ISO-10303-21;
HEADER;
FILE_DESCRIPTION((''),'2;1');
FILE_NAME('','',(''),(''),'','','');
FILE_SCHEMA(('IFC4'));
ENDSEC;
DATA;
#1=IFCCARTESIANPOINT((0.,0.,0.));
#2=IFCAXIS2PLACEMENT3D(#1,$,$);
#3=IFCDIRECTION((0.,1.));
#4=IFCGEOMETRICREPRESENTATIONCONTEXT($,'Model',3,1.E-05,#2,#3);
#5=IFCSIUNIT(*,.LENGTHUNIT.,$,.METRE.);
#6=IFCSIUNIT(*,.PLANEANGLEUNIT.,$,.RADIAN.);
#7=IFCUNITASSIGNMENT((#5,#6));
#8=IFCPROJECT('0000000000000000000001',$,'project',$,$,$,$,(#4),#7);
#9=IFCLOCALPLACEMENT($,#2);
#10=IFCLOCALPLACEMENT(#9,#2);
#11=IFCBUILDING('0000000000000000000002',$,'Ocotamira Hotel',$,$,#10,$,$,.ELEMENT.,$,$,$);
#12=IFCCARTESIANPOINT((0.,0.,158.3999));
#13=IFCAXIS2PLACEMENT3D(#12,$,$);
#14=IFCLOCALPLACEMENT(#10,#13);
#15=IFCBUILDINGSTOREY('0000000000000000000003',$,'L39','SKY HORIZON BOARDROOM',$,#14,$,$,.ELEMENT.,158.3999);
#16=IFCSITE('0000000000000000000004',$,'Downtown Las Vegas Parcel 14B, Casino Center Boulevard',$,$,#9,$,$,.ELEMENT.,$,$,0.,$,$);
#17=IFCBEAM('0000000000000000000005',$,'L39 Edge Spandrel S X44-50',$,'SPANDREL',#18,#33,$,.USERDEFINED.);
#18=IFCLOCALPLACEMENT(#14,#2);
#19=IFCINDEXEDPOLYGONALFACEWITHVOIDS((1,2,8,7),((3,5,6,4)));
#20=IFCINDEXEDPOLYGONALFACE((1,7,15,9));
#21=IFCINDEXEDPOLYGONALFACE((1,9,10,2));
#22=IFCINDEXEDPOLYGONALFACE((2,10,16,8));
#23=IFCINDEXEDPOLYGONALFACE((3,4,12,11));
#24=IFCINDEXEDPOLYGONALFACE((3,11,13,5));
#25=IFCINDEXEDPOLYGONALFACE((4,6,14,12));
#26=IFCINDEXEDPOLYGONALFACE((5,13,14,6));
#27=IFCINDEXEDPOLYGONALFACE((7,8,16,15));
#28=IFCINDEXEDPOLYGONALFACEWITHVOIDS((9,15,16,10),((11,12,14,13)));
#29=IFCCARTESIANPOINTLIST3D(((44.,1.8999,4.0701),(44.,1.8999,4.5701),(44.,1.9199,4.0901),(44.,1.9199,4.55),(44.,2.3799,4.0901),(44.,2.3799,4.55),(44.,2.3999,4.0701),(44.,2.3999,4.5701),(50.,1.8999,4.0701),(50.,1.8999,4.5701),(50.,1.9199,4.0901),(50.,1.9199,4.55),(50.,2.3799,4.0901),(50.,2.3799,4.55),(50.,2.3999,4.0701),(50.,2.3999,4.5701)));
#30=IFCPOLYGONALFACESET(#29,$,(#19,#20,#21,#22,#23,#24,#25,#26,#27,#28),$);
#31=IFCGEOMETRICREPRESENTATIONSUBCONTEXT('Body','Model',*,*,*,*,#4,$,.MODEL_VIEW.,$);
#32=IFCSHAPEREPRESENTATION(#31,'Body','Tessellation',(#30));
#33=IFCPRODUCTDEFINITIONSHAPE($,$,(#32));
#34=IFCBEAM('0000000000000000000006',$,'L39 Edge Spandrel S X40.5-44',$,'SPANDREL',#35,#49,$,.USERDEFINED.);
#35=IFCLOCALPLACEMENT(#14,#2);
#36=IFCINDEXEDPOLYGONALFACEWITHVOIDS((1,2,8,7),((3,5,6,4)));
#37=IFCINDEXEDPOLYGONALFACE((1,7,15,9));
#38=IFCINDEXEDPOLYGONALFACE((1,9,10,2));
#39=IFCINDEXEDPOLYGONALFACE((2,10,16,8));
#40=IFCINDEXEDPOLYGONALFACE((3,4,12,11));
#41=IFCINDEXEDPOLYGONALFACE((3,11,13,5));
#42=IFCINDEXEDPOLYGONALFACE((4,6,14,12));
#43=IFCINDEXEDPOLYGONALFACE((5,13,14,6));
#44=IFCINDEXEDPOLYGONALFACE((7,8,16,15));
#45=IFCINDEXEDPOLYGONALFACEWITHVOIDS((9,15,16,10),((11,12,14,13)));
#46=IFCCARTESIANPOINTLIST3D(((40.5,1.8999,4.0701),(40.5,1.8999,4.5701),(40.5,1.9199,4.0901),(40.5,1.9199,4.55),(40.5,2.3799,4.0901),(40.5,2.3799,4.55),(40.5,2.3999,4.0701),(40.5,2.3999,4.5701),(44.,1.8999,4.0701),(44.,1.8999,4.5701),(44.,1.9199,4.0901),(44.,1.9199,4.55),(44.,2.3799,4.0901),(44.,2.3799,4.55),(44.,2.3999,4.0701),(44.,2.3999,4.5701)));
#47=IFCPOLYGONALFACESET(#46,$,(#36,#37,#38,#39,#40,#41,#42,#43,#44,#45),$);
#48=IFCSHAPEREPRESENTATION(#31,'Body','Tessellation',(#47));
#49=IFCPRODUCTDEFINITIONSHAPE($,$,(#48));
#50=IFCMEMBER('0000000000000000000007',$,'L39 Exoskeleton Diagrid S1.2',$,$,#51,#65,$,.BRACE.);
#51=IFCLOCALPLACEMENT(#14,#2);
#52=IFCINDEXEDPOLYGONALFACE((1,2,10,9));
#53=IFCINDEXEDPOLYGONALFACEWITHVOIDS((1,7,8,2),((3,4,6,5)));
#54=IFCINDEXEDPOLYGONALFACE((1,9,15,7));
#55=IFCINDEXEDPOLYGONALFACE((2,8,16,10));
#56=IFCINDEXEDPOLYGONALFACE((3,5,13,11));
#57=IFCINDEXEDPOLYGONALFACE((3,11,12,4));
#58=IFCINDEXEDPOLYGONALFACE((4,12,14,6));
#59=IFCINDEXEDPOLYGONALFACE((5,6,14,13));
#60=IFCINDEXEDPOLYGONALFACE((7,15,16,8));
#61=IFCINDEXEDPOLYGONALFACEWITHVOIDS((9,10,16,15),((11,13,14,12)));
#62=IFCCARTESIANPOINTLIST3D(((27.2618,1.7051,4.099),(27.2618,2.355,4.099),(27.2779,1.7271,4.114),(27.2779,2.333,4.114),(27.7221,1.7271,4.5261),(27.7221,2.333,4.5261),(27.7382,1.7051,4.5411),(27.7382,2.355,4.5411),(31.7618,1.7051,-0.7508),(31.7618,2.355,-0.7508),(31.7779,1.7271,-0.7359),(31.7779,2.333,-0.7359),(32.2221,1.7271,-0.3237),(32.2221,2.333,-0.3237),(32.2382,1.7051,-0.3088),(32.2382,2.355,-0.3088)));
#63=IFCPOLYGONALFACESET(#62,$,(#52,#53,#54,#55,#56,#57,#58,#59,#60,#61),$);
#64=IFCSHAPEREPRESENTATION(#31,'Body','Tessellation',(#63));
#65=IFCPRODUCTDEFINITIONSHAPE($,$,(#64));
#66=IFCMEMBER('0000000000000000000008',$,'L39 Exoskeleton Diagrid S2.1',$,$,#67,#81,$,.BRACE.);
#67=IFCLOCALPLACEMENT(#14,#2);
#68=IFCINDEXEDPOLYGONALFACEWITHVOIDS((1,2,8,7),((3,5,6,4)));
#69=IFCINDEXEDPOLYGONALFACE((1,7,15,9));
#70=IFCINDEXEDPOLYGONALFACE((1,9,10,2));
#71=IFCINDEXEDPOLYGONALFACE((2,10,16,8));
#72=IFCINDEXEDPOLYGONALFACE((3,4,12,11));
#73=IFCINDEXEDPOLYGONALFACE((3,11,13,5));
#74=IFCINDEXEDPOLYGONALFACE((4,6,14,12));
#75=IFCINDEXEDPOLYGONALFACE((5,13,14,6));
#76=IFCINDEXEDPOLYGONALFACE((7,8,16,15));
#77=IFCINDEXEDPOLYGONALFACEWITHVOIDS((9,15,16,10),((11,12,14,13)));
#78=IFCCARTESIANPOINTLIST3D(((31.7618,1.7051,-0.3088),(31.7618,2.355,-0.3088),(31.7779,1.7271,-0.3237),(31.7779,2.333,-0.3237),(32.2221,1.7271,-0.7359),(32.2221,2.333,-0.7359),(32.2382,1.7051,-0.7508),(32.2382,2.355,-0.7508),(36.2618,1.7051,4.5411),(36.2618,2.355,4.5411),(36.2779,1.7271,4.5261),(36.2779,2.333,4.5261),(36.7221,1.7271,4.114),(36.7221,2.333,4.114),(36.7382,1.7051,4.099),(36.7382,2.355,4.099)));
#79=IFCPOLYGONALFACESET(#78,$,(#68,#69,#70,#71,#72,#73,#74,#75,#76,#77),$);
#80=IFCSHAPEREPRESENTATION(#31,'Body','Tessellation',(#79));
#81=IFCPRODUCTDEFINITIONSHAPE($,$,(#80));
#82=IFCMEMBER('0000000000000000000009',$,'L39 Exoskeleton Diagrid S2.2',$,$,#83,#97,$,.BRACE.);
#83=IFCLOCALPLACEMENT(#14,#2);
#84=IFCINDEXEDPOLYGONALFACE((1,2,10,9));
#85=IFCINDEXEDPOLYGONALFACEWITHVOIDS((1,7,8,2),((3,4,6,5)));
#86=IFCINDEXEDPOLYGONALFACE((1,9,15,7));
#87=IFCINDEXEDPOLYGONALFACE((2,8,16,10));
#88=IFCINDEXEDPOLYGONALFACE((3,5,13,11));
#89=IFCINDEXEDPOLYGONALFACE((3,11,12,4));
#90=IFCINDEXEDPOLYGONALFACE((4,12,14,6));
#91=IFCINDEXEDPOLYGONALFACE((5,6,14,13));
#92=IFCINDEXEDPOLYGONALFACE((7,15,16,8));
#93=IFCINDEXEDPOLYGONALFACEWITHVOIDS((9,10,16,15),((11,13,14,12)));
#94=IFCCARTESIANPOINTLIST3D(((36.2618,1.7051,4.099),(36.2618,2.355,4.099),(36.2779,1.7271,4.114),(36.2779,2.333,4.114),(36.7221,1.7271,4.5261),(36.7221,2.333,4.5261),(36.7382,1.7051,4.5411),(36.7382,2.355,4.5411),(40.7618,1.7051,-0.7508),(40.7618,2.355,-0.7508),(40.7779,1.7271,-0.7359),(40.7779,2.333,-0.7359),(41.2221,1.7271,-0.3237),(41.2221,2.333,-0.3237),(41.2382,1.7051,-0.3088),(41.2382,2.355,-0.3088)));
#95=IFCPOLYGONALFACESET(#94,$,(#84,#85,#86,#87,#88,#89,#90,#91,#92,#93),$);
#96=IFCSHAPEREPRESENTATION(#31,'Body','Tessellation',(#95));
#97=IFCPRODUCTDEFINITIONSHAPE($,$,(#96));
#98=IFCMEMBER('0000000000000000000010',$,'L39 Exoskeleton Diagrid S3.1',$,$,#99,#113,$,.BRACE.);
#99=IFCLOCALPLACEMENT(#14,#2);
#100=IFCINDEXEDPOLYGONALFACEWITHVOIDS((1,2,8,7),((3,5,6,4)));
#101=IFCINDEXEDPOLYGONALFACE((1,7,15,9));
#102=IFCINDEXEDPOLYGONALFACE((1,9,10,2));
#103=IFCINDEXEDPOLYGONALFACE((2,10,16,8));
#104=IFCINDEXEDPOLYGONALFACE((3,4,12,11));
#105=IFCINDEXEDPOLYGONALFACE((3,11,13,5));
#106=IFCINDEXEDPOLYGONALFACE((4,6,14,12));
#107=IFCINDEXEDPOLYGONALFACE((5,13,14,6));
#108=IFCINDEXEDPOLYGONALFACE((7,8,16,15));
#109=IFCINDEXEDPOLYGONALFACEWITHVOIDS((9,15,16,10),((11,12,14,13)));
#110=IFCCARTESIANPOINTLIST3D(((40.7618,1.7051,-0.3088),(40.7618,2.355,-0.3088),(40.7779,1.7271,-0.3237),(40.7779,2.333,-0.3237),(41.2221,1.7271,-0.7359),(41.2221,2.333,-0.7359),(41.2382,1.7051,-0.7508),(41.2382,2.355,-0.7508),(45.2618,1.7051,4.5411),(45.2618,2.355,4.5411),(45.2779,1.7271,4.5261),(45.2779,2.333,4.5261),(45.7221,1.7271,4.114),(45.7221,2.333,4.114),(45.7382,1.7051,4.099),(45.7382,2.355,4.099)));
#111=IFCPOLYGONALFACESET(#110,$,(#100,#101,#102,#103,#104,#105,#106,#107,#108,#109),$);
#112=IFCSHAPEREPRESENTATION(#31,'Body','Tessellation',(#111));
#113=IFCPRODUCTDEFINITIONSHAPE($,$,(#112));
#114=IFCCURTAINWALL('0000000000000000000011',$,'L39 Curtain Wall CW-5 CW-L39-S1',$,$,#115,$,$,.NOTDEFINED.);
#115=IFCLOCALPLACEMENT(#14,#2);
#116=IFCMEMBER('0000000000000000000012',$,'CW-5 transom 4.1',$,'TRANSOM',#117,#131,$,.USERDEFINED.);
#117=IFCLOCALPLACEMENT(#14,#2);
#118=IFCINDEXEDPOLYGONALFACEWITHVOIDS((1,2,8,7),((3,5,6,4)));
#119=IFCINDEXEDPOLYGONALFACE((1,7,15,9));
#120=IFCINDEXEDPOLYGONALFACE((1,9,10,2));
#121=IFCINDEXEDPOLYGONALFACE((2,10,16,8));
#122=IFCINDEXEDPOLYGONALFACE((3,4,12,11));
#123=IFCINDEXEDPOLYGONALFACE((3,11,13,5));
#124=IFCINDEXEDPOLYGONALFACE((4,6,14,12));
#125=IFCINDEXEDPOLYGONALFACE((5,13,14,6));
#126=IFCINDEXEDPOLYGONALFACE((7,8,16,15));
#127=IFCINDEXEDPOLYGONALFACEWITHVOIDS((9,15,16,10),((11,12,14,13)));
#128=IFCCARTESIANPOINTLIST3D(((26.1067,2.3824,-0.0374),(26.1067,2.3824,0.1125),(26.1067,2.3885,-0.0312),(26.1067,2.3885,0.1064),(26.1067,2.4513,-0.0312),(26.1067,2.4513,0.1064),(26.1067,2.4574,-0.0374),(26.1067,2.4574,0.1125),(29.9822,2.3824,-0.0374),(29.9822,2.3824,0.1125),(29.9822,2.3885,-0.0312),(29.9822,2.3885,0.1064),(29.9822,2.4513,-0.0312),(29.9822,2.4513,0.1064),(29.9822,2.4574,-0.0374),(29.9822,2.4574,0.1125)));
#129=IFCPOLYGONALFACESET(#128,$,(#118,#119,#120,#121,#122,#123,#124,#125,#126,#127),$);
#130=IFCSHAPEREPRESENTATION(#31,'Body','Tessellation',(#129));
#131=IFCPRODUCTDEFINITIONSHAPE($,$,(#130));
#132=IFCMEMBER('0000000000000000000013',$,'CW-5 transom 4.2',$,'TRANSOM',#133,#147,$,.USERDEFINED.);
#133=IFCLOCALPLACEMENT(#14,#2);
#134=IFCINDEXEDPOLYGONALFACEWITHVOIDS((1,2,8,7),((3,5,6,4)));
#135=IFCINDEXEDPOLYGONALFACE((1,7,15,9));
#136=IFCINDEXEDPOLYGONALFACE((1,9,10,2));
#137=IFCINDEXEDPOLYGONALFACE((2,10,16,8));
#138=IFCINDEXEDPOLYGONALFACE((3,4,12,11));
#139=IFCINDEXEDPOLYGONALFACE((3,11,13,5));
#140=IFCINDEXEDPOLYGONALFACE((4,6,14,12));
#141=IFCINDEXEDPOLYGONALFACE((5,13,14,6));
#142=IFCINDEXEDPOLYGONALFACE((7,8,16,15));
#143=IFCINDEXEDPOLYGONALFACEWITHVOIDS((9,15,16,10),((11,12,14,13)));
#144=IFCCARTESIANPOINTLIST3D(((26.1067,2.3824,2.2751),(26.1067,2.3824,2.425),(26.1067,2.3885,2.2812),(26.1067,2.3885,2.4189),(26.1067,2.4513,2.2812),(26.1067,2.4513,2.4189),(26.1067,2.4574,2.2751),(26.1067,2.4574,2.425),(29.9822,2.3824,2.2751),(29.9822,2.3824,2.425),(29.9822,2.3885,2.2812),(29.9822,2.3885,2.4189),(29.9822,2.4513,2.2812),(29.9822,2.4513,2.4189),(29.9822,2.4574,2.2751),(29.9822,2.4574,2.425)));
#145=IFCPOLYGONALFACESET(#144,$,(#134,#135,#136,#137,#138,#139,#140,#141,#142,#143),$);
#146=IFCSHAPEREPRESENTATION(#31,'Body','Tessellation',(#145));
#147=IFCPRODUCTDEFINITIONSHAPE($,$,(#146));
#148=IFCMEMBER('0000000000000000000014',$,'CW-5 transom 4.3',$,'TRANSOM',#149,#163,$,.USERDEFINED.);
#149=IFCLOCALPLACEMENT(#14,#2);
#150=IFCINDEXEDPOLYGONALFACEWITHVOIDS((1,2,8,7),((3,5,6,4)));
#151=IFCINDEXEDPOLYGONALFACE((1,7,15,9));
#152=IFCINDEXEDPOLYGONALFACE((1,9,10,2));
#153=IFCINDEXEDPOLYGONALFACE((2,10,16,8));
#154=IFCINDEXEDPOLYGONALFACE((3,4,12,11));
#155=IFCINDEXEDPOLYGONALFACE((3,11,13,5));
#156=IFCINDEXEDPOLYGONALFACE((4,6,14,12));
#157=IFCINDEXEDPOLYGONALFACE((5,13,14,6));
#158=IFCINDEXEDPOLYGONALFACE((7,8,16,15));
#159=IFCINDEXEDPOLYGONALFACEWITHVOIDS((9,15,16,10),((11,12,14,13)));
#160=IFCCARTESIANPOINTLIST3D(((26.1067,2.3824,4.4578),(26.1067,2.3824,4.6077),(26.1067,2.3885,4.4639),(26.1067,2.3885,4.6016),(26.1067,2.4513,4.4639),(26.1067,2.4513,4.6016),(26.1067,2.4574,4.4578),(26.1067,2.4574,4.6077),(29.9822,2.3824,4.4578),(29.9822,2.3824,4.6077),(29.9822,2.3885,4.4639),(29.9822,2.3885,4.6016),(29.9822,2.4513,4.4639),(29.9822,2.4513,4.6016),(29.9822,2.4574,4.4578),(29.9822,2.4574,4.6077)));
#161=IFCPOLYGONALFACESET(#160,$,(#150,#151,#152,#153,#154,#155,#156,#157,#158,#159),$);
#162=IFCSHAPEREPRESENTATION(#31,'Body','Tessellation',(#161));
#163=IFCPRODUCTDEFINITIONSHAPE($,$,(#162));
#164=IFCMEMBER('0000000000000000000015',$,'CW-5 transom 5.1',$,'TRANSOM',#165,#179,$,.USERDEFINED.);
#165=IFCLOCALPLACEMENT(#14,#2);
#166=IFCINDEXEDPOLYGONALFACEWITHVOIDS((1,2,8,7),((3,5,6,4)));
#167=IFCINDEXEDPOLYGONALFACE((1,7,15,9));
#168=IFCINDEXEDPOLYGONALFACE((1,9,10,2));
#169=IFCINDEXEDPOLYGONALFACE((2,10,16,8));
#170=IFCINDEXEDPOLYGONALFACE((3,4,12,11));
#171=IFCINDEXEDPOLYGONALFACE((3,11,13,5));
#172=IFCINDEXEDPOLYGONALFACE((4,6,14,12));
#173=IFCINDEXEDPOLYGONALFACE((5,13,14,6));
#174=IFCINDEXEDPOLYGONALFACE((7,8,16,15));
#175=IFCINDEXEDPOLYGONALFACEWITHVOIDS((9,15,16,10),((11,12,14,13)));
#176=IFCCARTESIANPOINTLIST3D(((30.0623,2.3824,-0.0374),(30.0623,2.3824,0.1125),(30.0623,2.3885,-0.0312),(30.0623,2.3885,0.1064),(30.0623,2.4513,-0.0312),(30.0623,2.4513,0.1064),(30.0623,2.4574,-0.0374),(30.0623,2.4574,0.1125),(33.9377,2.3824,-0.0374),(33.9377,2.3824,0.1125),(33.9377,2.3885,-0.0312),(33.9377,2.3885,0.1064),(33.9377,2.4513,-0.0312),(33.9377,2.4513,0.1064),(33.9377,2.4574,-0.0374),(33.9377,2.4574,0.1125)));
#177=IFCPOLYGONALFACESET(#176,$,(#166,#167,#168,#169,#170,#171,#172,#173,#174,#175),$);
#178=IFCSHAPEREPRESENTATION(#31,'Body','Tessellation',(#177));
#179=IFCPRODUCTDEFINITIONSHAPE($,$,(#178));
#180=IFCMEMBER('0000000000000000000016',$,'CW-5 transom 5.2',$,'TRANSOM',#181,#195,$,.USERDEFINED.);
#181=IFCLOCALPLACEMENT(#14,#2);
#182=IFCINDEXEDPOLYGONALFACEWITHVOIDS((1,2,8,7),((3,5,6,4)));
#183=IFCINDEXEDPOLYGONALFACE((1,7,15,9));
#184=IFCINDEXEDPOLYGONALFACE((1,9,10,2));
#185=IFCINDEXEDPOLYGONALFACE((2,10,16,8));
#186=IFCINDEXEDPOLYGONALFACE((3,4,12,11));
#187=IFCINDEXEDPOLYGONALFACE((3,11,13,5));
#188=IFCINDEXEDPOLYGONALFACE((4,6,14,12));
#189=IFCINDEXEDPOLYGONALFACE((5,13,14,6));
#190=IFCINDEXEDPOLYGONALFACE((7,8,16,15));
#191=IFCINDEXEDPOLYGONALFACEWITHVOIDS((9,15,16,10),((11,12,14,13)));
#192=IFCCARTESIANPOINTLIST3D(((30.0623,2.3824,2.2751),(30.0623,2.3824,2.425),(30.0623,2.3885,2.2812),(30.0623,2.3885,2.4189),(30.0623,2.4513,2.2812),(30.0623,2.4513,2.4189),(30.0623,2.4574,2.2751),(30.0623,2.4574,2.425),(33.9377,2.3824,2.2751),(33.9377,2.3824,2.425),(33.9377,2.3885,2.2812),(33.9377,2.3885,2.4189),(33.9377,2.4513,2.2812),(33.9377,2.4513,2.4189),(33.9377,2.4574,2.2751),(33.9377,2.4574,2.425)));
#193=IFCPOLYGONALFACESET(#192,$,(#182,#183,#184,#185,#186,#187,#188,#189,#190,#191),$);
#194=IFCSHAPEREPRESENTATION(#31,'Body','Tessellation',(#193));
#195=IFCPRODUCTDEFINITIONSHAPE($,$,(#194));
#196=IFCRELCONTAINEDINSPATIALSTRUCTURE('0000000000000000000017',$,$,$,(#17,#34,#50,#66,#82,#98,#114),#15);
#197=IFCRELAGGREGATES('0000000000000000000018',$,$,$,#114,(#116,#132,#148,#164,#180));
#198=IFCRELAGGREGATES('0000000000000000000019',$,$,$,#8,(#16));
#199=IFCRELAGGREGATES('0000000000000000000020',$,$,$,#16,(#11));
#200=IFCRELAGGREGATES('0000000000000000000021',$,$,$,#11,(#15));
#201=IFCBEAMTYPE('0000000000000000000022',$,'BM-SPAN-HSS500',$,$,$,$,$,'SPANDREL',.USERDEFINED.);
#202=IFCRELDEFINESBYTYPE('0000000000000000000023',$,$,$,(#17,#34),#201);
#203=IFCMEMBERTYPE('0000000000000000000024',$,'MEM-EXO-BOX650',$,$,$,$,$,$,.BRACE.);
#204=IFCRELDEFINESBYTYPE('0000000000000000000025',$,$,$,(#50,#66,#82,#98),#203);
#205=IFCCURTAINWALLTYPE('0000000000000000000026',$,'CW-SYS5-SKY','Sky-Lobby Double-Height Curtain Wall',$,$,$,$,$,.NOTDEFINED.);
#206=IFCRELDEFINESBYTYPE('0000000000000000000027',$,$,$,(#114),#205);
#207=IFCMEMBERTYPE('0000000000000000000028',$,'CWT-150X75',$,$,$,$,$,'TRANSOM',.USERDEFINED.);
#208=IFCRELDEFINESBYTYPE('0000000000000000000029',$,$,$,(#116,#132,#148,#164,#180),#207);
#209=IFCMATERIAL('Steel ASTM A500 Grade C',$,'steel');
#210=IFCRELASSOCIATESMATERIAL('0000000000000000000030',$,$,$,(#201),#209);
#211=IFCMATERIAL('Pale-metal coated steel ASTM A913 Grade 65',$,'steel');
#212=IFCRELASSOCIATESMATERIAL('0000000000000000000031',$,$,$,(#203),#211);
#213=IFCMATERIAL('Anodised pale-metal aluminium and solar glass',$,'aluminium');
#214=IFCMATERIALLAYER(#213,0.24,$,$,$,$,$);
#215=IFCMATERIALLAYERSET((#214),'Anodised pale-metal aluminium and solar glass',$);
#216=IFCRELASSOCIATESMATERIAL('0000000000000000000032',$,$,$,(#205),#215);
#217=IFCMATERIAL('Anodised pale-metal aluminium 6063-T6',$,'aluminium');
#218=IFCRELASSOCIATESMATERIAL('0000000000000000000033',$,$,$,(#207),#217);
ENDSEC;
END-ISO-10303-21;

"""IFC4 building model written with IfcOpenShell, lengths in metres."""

from ifc_helpers import new_model, si_unit, direction, frame, origin, origin_2d, place, context, subcontext, project, spatial, hollow_rectangle, extrude, source, transform, mapped, material, layer, layer_set, material_profile, profile_set, type_object, element, aggregate, save


model = new_model("IFC4")

# Units and contexts
model_context = context("Model", 3, precision=1e-05, world=origin(), true_north=direction((0.0, 1.0)))
body_context = subcontext(model_context, "Body", "Model", "MODEL_VIEW")
ifc_project = project(units=[si_unit("LENGTHUNIT", "METRE"), si_unit("PLANEANGLEUNIT", "RADIAN")], contexts=[model_context])

# Site, building, storey
site_placement = place(None, origin())
site = spatial("IfcSite", under=ifc_project, at=site_placement, Name="Downtown Las Vegas Parcel 14B, Casino Center Boulevard", CompositionType="ELEMENT", RefElevation=0.0)
building_placement = place(site_placement, origin())
building = spatial("IfcBuilding", under=site, at=building_placement, Name="Ocotamira Hotel", CompositionType="ELEMENT")
storey_placement = place(building_placement, frame((0.0, 0.0, 158.3999)))
storey = spatial("IfcBuildingStorey", under=building, at=storey_placement, Name="L39", Description="SKY HORIZON BOARDROOM", CompositionType="ELEMENT", Elevation=158.3999)

# Beams
ifc_material_1 = material(Name="Steel ASTM A500 Grade C", Category="steel")
ifc_material_profile_1 = material_profile(ifc_material_1, hollow_rectangle(XDim=0.5, YDim=0.5, WallThickness=0.02, at=origin_2d()), Name="HSS500X500X20")
ifc_profile_set_1 = profile_set([ifc_material_profile_1], Name="Steel ASTM A500 Grade C")
beam_type = type_object("IfcBeamType", Name="BM-SPAN-HSS500", ElementType="SPANDREL", PredefinedType="USERDEFINED", material=ifc_profile_set_1)
shared_shape_1 = source(origin(), body_context, "Body", "SweptSolid", [
    extrude(hollow_rectangle(XDim=0.5, YDim=0.5, WallThickness=0.02, at=origin_2d()), origin(), (0.0, 0.0, 1.0), 6.0),
])
beam_1_placement = place(storey_placement, frame((44.0, 2.1499, 4.3201), z_axis=(1.0, 0.0, 0.0), x_axis=(0.0, 1.0, 0.0)))
element("IfcBeam", 1, at=beam_1_placement, inside=storey, type_object=beam_type, Name="L39 Edge Spandrel S X44-50", ObjectType="SPANDREL", PredefinedType="USERDEFINED", context=body_context, shape_type="MappedRepresentation", body=[
    mapped(shared_shape_1, transform((0.0, 0.0, 0.0), scale=1.0)),
])
shared_shape_2 = source(origin(), body_context, "Body", "SweptSolid", [
    extrude(hollow_rectangle(XDim=0.5, YDim=0.5, WallThickness=0.02, at=origin_2d()), origin(), (0.0, 0.0, 1.0), 3.5),
])
beam_2_placement = place(storey_placement, frame((40.5, 2.1499, 4.3201), z_axis=(1.0, 0.0, 0.0), x_axis=(0.0, 1.0, 0.0)))
element("IfcBeam", 2, at=beam_2_placement, inside=storey, type_object=beam_type, Name="L39 Edge Spandrel S X40.5-44", ObjectType="SPANDREL", PredefinedType="USERDEFINED", context=body_context, shape_type="MappedRepresentation", body=[
    mapped(shared_shape_2, transform((0.0, 0.0, 0.0), scale=1.0)),
])

# Members
ifc_material_2 = material(Name="Pale-metal coated steel ASTM A913 Grade 65", Category="steel")
ifc_material_profile_2 = material_profile(ifc_material_2, hollow_rectangle(XDim=0.6499, YDim=0.6499, WallThickness=0.022, at=origin_2d()), Name="BOX650X650X22")
ifc_profile_set_2 = profile_set([ifc_material_profile_2], Name="Pale-metal coated steel ASTM A913 Grade 65")
member_type_1 = type_object("IfcMemberType", Name="MEM-EXO-BOX650", PredefinedType="BRACE", material=ifc_profile_set_2)
shared_shape_3 = source(origin(), body_context, "Body", "SweptSolid", [
    extrude(hollow_rectangle(XDim=0.6499, YDim=0.6499, WallThickness=0.022, at=origin_2d()), origin(), (0.0, 0.0, 1.0), 6.616),
])
for number, where, z_axis, x_axis, name in (
    (3, (32.0, 2.03, -0.5298), (-0.680172, 0.0, 0.733052), (0.0, -1.0, 0.0), "L39 Exoskeleton Diagrid S1.2"),
    (4, (32.0, 2.03, -0.5298), (0.680172, 0.0, 0.733052), (0.0, 1.0, 0.0), "L39 Exoskeleton Diagrid S2.1"),
    (5, (41.0, 2.03, -0.5298), (-0.680172, 0.0, 0.733052), (0.0, -1.0, 0.0), "L39 Exoskeleton Diagrid S2.2"),
    (6, (41.0, 2.03, -0.5298), (0.680172, 0.0, 0.733052), (0.0, 1.0, 0.0), "L39 Exoskeleton Diagrid S3.1"),
):
    element("IfcMember", number, at=place(storey_placement, frame(where, z_axis=z_axis, x_axis=x_axis)), inside=storey, type_object=member_type_1, Name=name, PredefinedType="BRACE", context=body_context, shape_type="MappedRepresentation", body=[
        mapped(shared_shape_3, transform((0.0, 0.0, 0.0), scale=1.0)),
    ])

# Curtain wall, members
ifc_material_3 = material(Name="Anodised pale-metal aluminium and solar glass", Category="aluminium")
ifc_layer_1 = layer(ifc_material_3, 0.24)
ifc_layer_set_1 = layer_set([ifc_layer_1], Name="Anodised pale-metal aluminium and solar glass")
curtain_wall_type = type_object("IfcCurtainWallType", Name="CW-SYS5-SKY", Description="Sky-Lobby Double-Height Curtain Wall", PredefinedType="NOTDEFINED", material=ifc_layer_set_1)
curtain_wall_placement = place(storey_placement, origin())
curtain_wall = element("IfcCurtainWall", 7, at=curtain_wall_placement, inside=storey, type_object=curtain_wall_type, Name="L39 Curtain Wall CW-5 CW-L39-S1", PredefinedType="NOTDEFINED")
ifc_material_4 = material(Name="Anodised pale-metal aluminium 6063-T6", Category="aluminium")
ifc_material_profile_3 = material_profile(ifc_material_4, hollow_rectangle(XDim=0.075, YDim=0.1499, WallThickness=0.0061, at=origin_2d()), Name="HSS150X75X6")
ifc_profile_set_3 = profile_set([ifc_material_profile_3], Name="Anodised pale-metal aluminium 6063-T6")
member_type_2 = type_object("IfcMemberType", Name="CWT-150X75", ElementType="TRANSOM", PredefinedType="USERDEFINED", material=ifc_profile_set_3)
shared_shape_4 = source(origin(), body_context, "Body", "SweptSolid", [
    extrude(hollow_rectangle(XDim=0.075, YDim=0.1499, WallThickness=0.0061, at=origin_2d()), origin(), (0.0, 0.0, 1.0), 3.8755),
])
member_1_placement = place(storey_placement, frame((26.1067, 2.4199, 0.0376), z_axis=(1.0, 0.0, 0.0), x_axis=(0.0, 1.0, 0.0)))
member_1 = element("IfcMember", 8, at=member_1_placement, type_object=member_type_2, Name="CW-5 transom 4.1", ObjectType="TRANSOM", PredefinedType="USERDEFINED", context=body_context, shape_type="MappedRepresentation", body=[
    mapped(shared_shape_4, transform((0.0, 0.0, 0.0), scale=1.0)),
])
member_2_placement = place(storey_placement, frame((26.1067, 2.4199, 2.3501), z_axis=(1.0, 0.0, 0.0), x_axis=(0.0, 1.0, 0.0)))
member_2 = element("IfcMember", 9, at=member_2_placement, type_object=member_type_2, Name="CW-5 transom 4.2", ObjectType="TRANSOM", PredefinedType="USERDEFINED", context=body_context, shape_type="MappedRepresentation", body=[
    mapped(shared_shape_4, transform((0.0, 0.0, 0.0), scale=1.0)),
])
member_3_placement = place(storey_placement, frame((26.1067, 2.4199, 4.5327), z_axis=(1.0, 0.0, 0.0), x_axis=(0.0, 1.0, 0.0)))
member_3 = element("IfcMember", 10, at=member_3_placement, type_object=member_type_2, Name="CW-5 transom 4.3", ObjectType="TRANSOM", PredefinedType="USERDEFINED", context=body_context, shape_type="MappedRepresentation", body=[
    mapped(shared_shape_4, transform((0.0, 0.0, 0.0), scale=1.0)),
])
member_4_placement = place(storey_placement, frame((30.0623, 2.4199, 0.0376), z_axis=(1.0, 0.0, 0.0), x_axis=(0.0, 1.0, 0.0)))
member_4 = element("IfcMember", 11, at=member_4_placement, type_object=member_type_2, Name="CW-5 transom 5.1", ObjectType="TRANSOM", PredefinedType="USERDEFINED", context=body_context, shape_type="MappedRepresentation", body=[
    mapped(shared_shape_4, transform((0.0, 0.0, 0.0), scale=1.0)),
])
member_5_placement = place(storey_placement, frame((30.0623, 2.4199, 2.3501), z_axis=(1.0, 0.0, 0.0), x_axis=(0.0, 1.0, 0.0)))
member_5 = element("IfcMember", 12, at=member_5_placement, type_object=member_type_2, Name="CW-5 transom 5.2", ObjectType="TRANSOM", PredefinedType="USERDEFINED", context=body_context, shape_type="MappedRepresentation", body=[
    mapped(shared_shape_4, transform((0.0, 0.0, 0.0), scale=1.0)),
])

aggregate(curtain_wall, [member_1, member_2, member_3, member_4, member_5])

save(model, "model.ifc")
